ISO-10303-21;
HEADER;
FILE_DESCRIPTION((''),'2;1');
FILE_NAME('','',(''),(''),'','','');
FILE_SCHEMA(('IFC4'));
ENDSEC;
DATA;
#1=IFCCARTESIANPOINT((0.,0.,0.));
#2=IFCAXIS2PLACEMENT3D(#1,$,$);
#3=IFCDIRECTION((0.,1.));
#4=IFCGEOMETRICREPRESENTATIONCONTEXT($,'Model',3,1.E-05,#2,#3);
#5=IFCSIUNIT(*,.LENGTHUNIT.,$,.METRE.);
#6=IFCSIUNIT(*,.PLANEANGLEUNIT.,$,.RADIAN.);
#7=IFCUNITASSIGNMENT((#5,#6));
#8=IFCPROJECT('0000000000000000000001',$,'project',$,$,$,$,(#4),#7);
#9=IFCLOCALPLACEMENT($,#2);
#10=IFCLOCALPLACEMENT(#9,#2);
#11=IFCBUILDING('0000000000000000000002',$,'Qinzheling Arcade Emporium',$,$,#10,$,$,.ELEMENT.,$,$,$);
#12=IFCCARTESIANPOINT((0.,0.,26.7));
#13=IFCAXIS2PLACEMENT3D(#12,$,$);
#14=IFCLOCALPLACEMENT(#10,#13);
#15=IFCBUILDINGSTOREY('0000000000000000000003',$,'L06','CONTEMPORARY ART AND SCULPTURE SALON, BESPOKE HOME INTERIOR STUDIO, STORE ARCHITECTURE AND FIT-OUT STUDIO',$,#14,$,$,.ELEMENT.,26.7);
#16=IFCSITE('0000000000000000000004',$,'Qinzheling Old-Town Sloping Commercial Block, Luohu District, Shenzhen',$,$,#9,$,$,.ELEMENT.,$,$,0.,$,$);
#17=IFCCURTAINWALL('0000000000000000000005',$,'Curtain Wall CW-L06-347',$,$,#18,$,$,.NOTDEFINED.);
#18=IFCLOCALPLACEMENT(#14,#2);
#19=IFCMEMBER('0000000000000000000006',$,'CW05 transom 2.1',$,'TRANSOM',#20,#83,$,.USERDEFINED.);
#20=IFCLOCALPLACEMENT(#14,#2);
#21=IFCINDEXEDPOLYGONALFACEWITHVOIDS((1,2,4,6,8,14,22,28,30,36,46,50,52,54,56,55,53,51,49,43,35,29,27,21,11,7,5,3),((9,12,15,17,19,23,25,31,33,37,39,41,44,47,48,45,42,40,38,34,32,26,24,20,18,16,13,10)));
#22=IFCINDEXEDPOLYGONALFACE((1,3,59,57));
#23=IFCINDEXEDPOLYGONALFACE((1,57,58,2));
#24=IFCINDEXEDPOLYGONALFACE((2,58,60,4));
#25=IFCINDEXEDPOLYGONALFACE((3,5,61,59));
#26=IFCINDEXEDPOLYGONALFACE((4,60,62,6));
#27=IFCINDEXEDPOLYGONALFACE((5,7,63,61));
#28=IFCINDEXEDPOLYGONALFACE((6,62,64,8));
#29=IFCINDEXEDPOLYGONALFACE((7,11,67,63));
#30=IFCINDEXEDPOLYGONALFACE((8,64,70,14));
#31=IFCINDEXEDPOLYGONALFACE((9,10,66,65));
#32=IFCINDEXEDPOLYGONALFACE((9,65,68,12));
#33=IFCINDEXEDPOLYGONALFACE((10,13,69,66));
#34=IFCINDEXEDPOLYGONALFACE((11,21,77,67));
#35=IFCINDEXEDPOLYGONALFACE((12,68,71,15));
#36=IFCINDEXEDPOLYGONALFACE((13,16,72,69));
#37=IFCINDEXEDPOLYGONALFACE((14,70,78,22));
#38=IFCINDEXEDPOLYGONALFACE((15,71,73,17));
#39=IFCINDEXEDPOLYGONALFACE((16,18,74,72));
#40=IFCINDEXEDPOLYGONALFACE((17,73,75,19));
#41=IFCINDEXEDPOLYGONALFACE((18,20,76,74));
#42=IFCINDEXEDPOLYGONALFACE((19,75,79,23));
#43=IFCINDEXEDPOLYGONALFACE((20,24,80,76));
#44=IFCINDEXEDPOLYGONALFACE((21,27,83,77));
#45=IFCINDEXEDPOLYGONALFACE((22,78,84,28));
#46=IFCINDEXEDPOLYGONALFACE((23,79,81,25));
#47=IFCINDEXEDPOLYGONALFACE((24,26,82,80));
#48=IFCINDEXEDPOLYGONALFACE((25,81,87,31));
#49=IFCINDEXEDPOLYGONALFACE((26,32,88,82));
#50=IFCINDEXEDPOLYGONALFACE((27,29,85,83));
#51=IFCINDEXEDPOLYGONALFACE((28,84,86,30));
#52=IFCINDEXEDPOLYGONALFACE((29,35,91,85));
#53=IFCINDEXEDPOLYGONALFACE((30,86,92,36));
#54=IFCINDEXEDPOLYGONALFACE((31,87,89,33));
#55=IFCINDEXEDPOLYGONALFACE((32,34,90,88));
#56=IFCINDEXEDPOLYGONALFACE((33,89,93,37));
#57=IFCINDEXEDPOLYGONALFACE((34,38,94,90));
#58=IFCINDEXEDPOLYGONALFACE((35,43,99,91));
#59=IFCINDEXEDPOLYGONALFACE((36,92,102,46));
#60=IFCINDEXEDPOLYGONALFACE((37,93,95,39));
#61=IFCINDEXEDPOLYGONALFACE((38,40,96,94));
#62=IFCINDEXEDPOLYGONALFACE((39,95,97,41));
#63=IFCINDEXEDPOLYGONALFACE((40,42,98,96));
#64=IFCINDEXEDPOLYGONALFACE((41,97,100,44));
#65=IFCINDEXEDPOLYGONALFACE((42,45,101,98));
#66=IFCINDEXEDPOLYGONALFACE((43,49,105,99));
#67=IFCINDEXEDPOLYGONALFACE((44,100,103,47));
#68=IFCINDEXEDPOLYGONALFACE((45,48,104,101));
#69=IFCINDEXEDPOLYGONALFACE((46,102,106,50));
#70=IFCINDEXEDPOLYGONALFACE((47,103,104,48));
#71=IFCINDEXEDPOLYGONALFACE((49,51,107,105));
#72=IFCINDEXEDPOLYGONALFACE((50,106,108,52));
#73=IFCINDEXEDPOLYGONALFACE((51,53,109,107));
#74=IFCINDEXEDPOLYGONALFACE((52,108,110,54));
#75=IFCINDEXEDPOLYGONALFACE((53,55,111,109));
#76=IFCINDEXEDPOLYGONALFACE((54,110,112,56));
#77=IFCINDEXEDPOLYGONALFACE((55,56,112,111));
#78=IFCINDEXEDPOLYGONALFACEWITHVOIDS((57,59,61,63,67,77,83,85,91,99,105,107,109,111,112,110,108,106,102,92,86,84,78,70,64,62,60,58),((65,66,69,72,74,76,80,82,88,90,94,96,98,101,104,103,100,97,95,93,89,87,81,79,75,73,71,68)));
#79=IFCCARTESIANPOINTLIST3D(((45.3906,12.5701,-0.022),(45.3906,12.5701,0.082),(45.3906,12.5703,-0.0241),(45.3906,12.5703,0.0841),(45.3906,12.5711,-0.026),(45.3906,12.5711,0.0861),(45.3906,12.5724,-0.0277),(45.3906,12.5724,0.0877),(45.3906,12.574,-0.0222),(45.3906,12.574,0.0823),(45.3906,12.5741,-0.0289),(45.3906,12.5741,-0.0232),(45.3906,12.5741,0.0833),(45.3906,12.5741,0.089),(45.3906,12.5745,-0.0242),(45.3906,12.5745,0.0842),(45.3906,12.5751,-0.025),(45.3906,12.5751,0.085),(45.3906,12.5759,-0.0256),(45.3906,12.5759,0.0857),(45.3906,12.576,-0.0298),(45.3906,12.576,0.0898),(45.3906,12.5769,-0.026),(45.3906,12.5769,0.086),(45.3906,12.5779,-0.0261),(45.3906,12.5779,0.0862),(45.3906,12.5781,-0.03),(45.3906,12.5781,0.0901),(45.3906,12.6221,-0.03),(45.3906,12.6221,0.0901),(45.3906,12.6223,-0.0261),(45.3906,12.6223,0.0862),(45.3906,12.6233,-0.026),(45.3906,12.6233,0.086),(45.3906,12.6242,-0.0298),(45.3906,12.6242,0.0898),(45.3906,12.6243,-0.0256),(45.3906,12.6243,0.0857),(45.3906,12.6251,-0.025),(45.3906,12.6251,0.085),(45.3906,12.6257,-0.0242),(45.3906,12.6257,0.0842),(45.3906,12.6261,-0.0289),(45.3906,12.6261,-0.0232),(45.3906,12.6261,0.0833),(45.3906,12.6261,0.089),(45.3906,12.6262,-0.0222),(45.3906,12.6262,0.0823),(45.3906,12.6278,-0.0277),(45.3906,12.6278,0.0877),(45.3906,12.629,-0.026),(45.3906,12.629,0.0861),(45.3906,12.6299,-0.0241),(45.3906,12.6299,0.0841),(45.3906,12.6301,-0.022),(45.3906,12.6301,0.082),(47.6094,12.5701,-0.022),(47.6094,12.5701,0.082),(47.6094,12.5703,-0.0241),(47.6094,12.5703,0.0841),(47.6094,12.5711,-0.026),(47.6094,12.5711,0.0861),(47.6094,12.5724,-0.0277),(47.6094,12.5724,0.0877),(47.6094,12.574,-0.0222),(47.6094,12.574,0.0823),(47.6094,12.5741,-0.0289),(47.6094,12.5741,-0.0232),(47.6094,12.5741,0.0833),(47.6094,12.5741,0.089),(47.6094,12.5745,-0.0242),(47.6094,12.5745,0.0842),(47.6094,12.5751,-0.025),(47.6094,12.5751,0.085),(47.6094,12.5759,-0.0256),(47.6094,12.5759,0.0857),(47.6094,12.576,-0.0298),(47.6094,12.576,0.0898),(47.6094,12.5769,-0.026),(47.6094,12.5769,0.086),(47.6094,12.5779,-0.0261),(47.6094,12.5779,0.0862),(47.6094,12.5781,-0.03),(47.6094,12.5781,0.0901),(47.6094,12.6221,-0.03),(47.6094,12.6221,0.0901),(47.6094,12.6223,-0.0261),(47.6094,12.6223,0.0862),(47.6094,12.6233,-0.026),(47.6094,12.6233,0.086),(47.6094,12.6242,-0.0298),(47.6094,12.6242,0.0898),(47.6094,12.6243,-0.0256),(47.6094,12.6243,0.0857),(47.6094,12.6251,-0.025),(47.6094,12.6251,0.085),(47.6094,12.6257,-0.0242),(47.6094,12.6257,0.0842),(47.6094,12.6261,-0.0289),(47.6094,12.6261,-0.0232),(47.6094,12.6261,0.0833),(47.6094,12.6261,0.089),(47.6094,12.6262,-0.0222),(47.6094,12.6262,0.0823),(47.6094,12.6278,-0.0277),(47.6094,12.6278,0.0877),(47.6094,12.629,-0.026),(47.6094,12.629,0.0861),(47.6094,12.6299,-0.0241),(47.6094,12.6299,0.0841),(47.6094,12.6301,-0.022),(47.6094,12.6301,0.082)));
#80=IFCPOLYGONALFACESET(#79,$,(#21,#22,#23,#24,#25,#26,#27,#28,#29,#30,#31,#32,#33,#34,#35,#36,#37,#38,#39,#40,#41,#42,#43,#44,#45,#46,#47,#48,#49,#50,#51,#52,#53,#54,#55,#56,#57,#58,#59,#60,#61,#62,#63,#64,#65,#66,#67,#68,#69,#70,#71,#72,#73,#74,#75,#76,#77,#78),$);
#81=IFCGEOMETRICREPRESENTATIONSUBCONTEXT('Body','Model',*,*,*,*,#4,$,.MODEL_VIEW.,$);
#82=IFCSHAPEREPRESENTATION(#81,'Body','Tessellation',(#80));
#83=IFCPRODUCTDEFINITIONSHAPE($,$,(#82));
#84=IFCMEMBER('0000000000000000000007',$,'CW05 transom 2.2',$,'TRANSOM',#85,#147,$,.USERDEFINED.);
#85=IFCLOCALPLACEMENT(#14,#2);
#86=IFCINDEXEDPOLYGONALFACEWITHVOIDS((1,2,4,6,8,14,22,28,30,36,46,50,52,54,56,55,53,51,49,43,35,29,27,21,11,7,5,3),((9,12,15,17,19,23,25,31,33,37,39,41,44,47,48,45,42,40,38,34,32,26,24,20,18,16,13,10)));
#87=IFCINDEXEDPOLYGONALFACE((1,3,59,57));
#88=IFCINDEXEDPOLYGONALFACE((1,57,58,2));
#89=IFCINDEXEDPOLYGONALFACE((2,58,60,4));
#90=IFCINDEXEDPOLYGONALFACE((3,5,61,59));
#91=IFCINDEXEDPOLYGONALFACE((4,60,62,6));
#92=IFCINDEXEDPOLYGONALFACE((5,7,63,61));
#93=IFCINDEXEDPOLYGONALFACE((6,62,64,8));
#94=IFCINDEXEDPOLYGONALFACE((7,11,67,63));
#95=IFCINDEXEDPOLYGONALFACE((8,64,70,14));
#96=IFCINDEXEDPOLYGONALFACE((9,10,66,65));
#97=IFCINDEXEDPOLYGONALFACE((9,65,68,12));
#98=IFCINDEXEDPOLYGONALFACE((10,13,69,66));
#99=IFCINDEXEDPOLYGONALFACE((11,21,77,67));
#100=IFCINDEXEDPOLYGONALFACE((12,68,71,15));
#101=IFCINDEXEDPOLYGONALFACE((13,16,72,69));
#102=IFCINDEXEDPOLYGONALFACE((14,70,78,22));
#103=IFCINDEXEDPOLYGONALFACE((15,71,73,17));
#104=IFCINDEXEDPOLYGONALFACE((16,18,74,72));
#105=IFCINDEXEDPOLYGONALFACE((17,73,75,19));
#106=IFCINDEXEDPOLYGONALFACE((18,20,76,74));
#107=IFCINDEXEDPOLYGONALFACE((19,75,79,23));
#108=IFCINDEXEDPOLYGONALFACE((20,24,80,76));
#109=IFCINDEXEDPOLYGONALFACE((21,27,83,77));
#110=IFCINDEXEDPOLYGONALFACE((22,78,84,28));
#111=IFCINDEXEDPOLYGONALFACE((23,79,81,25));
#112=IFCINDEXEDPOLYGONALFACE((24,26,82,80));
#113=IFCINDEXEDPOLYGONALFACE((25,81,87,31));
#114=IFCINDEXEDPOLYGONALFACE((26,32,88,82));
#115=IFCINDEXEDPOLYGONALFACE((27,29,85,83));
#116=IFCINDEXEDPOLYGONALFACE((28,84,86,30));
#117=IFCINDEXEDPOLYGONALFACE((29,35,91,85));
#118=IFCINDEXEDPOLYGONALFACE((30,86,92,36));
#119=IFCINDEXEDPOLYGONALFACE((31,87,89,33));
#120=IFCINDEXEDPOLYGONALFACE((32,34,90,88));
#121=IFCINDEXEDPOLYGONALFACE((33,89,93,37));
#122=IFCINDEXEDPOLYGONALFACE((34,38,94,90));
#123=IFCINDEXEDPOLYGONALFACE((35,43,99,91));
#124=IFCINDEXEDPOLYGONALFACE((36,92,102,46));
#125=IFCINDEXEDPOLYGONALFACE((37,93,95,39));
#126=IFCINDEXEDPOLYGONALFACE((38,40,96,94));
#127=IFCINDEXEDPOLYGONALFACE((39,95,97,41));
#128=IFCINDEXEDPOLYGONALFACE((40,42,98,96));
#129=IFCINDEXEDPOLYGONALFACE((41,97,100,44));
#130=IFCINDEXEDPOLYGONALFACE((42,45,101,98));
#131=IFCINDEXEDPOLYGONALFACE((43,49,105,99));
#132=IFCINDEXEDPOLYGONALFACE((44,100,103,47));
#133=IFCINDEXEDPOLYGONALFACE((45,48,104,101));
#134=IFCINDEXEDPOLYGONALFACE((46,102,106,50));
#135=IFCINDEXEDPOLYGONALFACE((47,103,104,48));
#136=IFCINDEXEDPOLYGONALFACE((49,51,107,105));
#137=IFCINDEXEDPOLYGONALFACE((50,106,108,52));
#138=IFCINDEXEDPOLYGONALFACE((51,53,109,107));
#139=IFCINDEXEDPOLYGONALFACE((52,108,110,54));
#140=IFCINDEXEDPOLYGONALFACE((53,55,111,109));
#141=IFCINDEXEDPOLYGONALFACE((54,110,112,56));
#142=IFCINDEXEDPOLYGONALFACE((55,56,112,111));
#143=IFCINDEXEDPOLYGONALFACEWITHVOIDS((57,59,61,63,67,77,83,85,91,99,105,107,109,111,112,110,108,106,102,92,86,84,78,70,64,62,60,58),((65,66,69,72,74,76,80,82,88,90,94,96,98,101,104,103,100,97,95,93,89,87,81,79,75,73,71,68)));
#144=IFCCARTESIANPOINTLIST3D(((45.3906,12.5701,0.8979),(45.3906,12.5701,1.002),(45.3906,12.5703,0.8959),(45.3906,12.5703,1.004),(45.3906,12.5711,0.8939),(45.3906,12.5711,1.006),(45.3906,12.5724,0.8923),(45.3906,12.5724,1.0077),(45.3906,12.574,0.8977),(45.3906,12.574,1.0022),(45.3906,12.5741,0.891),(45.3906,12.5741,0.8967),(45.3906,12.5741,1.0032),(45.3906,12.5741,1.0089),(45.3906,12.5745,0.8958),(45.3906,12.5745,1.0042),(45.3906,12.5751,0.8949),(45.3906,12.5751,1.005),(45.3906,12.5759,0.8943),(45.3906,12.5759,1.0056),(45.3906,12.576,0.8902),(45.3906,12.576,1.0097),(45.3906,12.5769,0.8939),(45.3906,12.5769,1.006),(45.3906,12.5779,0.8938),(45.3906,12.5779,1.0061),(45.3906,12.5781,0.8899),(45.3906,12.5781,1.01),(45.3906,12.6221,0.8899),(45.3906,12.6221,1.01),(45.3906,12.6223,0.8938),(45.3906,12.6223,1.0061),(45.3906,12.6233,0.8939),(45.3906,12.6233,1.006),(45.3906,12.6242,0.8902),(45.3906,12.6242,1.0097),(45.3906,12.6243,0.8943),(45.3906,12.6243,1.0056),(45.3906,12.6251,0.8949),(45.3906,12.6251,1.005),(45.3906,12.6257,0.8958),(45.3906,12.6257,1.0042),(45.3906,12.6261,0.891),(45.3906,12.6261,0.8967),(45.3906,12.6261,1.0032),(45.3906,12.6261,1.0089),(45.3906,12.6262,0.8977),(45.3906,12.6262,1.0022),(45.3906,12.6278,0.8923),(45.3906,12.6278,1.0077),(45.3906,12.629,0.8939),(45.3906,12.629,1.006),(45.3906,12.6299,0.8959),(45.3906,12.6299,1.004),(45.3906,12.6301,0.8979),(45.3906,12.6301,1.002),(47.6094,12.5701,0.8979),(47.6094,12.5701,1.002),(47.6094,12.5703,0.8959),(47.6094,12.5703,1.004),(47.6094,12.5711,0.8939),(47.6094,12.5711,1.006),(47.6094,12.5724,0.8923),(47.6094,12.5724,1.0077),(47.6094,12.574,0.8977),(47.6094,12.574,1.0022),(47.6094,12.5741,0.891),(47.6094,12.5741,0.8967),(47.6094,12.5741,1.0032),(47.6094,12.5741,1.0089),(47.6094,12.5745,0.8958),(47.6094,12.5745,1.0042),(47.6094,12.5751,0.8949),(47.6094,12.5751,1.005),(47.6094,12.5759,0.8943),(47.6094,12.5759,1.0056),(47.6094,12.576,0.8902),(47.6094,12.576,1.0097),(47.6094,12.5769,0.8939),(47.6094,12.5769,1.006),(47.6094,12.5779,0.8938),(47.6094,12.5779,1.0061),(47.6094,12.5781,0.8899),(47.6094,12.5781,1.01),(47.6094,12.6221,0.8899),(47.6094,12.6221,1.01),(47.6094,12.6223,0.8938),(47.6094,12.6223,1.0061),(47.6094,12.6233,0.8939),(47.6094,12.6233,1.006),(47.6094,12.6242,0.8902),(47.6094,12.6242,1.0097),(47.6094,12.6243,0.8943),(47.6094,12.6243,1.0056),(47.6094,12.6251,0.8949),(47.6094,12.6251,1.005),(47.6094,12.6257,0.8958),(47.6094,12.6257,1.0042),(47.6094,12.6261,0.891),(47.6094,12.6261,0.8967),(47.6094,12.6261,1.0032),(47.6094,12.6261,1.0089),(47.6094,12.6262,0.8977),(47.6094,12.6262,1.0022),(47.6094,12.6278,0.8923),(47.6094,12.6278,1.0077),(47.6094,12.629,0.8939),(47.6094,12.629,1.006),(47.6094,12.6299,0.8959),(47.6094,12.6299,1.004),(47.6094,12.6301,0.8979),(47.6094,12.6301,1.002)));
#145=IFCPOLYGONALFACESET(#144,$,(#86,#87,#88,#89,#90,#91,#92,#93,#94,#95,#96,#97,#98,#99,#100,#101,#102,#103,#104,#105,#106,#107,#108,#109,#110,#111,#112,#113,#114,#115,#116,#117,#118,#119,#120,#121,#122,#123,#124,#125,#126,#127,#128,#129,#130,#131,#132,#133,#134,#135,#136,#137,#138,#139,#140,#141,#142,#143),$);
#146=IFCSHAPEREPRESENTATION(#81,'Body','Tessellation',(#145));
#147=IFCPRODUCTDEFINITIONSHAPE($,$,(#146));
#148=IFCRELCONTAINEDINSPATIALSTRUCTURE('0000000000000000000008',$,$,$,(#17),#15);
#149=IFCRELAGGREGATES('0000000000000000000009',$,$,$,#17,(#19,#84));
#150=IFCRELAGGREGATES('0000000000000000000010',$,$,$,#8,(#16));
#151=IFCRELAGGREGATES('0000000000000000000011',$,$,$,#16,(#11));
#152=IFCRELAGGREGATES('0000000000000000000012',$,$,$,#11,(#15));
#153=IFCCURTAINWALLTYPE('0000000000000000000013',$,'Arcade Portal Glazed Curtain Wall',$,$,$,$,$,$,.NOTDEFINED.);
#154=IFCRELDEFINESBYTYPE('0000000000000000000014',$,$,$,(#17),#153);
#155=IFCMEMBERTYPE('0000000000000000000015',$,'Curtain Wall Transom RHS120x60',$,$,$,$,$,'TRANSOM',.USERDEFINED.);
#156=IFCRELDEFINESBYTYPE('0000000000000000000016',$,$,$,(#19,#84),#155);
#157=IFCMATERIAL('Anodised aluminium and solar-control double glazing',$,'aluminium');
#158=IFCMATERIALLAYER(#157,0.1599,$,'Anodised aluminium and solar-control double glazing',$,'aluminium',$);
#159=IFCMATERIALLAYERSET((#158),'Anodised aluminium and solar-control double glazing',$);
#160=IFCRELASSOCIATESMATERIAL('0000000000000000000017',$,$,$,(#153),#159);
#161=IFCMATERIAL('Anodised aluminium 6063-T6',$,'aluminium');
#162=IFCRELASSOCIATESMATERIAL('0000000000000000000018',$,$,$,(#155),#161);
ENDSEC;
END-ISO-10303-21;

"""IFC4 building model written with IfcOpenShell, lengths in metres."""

from ifc_helpers import new_model, si_unit, direction, frame, origin, origin_2d, place, context, subcontext, project, spatial, hollow_rectangle, extrude, material, layer, layer_set, material_profile, profile_set, type_object, element, aggregate, save


model = new_model("IFC4")

# Units and contexts
model_context = context("Model", 3, precision=1e-05, world=origin(), true_north=direction((0.0, 1.0)))
body_context = subcontext(model_context, "Body", "Model", "MODEL_VIEW")
ifc_project = project(units=[si_unit("LENGTHUNIT", "METRE"), si_unit("PLANEANGLEUNIT", "RADIAN")], contexts=[model_context])

# Site, building, storey
site_placement = place(None, origin())
site = spatial("IfcSite", under=ifc_project, at=site_placement, Name="Qinzheling Old-Town Sloping Commercial Block, Luohu District, Shenzhen", CompositionType="ELEMENT", RefElevation=0.0)
building_placement = place(site_placement, origin())
building = spatial("IfcBuilding", under=site, at=building_placement, Name="Qinzheling Arcade Emporium", CompositionType="ELEMENT")
storey_placement = place(building_placement, frame((0.0, 0.0, 26.7)))
storey = spatial("IfcBuildingStorey", under=building, at=storey_placement, Name="L06", Description="CONTEMPORARY ART AND SCULPTURE SALON, BESPOKE HOME INTERIOR STUDIO, STORE ARCHITECTURE AND FIT-OUT STUDIO", CompositionType="ELEMENT", Elevation=26.7)

# Shared definitions
ifc_material_1 = material(Name="Anodised aluminium and solar-control double glazing", Category="aluminium")
ifc_layer_1 = layer(ifc_material_1, 0.1599, Name="Anodised aluminium and solar-control double glazing", Category="aluminium")
ifc_layer_set_1 = layer_set([ifc_layer_1], Name="Anodised aluminium and solar-control double glazing")
curtain_wall_type = type_object("IfcCurtainWallType", Name="Arcade Portal Glazed Curtain Wall", PredefinedType="NOTDEFINED", material=ifc_layer_set_1)
ifc_material_2 = material(Name="Anodised aluminium 6063-T6", Category="aluminium")

# Curtain wall, members
curtain_wall_1_placement = place(storey_placement, origin())
curtain_wall_1 = element("IfcCurtainWall", 1, at=curtain_wall_1_placement, inside=storey, type_object=curtain_wall_type, Name="Curtain Wall CW-L06-347", PredefinedType="NOTDEFINED")
ifc_material_profile_1 = material_profile(ifc_material_2, hollow_rectangle(XDim=0.0601, YDim=0.1201, WallThickness=0.0039, InnerFilletRadius=0.0039, OuterFilletRadius=0.0081, at=origin_2d()), Name="RHS 120x60x4", Category="aluminium")
ifc_profile_set_1 = profile_set([ifc_material_profile_1], Name="Anodised aluminium 6063-T6")
member_type_1 = type_object("IfcMemberType", Name="Curtain Wall Transom RHS120x60", ElementType="TRANSOM", PredefinedType="USERDEFINED", material=ifc_profile_set_1)
member_1_placement = place(storey_placement, frame((47.6094, 12.6001, 0.03), z_axis=(-1.0, 0.0, 0.0), x_axis=(0.0, -1.0, 0.0)))
member_1 = element("IfcMember", 2, at=member_1_placement, type_object=member_type_1, Name="CW05 transom 2.1", ObjectType="TRANSOM", PredefinedType="USERDEFINED", context=body_context, shape_type="SweptSolid", body=[
    extrude(hollow_rectangle(XDim=0.0601, YDim=0.1201, WallThickness=0.0039, InnerFilletRadius=0.0039, OuterFilletRadius=0.0081, at=origin_2d()), origin(), (0.0, 0.0, 1.0), 2.2188),
])
member_2_placement = place(storey_placement, frame((47.6094, 12.6001, 0.95), z_axis=(-1.0, 0.0, 0.0), x_axis=(0.0, -1.0, 0.0)))
member_2 = element("IfcMember", 3, at=member_2_placement, type_object=member_type_1, Name="CW05 transom 2.2", ObjectType="TRANSOM", PredefinedType="USERDEFINED", context=body_context, shape_type="SweptSolid", body=[
    extrude(hollow_rectangle(XDim=0.0601, YDim=0.1201, WallThickness=0.0039, InnerFilletRadius=0.0039, OuterFilletRadius=0.0081, at=origin_2d()), origin(), (0.0, 0.0, 1.0), 2.2188),
])
aggregate(curtain_wall_1, [member_1, member_2])

save(model, "model.ifc")
